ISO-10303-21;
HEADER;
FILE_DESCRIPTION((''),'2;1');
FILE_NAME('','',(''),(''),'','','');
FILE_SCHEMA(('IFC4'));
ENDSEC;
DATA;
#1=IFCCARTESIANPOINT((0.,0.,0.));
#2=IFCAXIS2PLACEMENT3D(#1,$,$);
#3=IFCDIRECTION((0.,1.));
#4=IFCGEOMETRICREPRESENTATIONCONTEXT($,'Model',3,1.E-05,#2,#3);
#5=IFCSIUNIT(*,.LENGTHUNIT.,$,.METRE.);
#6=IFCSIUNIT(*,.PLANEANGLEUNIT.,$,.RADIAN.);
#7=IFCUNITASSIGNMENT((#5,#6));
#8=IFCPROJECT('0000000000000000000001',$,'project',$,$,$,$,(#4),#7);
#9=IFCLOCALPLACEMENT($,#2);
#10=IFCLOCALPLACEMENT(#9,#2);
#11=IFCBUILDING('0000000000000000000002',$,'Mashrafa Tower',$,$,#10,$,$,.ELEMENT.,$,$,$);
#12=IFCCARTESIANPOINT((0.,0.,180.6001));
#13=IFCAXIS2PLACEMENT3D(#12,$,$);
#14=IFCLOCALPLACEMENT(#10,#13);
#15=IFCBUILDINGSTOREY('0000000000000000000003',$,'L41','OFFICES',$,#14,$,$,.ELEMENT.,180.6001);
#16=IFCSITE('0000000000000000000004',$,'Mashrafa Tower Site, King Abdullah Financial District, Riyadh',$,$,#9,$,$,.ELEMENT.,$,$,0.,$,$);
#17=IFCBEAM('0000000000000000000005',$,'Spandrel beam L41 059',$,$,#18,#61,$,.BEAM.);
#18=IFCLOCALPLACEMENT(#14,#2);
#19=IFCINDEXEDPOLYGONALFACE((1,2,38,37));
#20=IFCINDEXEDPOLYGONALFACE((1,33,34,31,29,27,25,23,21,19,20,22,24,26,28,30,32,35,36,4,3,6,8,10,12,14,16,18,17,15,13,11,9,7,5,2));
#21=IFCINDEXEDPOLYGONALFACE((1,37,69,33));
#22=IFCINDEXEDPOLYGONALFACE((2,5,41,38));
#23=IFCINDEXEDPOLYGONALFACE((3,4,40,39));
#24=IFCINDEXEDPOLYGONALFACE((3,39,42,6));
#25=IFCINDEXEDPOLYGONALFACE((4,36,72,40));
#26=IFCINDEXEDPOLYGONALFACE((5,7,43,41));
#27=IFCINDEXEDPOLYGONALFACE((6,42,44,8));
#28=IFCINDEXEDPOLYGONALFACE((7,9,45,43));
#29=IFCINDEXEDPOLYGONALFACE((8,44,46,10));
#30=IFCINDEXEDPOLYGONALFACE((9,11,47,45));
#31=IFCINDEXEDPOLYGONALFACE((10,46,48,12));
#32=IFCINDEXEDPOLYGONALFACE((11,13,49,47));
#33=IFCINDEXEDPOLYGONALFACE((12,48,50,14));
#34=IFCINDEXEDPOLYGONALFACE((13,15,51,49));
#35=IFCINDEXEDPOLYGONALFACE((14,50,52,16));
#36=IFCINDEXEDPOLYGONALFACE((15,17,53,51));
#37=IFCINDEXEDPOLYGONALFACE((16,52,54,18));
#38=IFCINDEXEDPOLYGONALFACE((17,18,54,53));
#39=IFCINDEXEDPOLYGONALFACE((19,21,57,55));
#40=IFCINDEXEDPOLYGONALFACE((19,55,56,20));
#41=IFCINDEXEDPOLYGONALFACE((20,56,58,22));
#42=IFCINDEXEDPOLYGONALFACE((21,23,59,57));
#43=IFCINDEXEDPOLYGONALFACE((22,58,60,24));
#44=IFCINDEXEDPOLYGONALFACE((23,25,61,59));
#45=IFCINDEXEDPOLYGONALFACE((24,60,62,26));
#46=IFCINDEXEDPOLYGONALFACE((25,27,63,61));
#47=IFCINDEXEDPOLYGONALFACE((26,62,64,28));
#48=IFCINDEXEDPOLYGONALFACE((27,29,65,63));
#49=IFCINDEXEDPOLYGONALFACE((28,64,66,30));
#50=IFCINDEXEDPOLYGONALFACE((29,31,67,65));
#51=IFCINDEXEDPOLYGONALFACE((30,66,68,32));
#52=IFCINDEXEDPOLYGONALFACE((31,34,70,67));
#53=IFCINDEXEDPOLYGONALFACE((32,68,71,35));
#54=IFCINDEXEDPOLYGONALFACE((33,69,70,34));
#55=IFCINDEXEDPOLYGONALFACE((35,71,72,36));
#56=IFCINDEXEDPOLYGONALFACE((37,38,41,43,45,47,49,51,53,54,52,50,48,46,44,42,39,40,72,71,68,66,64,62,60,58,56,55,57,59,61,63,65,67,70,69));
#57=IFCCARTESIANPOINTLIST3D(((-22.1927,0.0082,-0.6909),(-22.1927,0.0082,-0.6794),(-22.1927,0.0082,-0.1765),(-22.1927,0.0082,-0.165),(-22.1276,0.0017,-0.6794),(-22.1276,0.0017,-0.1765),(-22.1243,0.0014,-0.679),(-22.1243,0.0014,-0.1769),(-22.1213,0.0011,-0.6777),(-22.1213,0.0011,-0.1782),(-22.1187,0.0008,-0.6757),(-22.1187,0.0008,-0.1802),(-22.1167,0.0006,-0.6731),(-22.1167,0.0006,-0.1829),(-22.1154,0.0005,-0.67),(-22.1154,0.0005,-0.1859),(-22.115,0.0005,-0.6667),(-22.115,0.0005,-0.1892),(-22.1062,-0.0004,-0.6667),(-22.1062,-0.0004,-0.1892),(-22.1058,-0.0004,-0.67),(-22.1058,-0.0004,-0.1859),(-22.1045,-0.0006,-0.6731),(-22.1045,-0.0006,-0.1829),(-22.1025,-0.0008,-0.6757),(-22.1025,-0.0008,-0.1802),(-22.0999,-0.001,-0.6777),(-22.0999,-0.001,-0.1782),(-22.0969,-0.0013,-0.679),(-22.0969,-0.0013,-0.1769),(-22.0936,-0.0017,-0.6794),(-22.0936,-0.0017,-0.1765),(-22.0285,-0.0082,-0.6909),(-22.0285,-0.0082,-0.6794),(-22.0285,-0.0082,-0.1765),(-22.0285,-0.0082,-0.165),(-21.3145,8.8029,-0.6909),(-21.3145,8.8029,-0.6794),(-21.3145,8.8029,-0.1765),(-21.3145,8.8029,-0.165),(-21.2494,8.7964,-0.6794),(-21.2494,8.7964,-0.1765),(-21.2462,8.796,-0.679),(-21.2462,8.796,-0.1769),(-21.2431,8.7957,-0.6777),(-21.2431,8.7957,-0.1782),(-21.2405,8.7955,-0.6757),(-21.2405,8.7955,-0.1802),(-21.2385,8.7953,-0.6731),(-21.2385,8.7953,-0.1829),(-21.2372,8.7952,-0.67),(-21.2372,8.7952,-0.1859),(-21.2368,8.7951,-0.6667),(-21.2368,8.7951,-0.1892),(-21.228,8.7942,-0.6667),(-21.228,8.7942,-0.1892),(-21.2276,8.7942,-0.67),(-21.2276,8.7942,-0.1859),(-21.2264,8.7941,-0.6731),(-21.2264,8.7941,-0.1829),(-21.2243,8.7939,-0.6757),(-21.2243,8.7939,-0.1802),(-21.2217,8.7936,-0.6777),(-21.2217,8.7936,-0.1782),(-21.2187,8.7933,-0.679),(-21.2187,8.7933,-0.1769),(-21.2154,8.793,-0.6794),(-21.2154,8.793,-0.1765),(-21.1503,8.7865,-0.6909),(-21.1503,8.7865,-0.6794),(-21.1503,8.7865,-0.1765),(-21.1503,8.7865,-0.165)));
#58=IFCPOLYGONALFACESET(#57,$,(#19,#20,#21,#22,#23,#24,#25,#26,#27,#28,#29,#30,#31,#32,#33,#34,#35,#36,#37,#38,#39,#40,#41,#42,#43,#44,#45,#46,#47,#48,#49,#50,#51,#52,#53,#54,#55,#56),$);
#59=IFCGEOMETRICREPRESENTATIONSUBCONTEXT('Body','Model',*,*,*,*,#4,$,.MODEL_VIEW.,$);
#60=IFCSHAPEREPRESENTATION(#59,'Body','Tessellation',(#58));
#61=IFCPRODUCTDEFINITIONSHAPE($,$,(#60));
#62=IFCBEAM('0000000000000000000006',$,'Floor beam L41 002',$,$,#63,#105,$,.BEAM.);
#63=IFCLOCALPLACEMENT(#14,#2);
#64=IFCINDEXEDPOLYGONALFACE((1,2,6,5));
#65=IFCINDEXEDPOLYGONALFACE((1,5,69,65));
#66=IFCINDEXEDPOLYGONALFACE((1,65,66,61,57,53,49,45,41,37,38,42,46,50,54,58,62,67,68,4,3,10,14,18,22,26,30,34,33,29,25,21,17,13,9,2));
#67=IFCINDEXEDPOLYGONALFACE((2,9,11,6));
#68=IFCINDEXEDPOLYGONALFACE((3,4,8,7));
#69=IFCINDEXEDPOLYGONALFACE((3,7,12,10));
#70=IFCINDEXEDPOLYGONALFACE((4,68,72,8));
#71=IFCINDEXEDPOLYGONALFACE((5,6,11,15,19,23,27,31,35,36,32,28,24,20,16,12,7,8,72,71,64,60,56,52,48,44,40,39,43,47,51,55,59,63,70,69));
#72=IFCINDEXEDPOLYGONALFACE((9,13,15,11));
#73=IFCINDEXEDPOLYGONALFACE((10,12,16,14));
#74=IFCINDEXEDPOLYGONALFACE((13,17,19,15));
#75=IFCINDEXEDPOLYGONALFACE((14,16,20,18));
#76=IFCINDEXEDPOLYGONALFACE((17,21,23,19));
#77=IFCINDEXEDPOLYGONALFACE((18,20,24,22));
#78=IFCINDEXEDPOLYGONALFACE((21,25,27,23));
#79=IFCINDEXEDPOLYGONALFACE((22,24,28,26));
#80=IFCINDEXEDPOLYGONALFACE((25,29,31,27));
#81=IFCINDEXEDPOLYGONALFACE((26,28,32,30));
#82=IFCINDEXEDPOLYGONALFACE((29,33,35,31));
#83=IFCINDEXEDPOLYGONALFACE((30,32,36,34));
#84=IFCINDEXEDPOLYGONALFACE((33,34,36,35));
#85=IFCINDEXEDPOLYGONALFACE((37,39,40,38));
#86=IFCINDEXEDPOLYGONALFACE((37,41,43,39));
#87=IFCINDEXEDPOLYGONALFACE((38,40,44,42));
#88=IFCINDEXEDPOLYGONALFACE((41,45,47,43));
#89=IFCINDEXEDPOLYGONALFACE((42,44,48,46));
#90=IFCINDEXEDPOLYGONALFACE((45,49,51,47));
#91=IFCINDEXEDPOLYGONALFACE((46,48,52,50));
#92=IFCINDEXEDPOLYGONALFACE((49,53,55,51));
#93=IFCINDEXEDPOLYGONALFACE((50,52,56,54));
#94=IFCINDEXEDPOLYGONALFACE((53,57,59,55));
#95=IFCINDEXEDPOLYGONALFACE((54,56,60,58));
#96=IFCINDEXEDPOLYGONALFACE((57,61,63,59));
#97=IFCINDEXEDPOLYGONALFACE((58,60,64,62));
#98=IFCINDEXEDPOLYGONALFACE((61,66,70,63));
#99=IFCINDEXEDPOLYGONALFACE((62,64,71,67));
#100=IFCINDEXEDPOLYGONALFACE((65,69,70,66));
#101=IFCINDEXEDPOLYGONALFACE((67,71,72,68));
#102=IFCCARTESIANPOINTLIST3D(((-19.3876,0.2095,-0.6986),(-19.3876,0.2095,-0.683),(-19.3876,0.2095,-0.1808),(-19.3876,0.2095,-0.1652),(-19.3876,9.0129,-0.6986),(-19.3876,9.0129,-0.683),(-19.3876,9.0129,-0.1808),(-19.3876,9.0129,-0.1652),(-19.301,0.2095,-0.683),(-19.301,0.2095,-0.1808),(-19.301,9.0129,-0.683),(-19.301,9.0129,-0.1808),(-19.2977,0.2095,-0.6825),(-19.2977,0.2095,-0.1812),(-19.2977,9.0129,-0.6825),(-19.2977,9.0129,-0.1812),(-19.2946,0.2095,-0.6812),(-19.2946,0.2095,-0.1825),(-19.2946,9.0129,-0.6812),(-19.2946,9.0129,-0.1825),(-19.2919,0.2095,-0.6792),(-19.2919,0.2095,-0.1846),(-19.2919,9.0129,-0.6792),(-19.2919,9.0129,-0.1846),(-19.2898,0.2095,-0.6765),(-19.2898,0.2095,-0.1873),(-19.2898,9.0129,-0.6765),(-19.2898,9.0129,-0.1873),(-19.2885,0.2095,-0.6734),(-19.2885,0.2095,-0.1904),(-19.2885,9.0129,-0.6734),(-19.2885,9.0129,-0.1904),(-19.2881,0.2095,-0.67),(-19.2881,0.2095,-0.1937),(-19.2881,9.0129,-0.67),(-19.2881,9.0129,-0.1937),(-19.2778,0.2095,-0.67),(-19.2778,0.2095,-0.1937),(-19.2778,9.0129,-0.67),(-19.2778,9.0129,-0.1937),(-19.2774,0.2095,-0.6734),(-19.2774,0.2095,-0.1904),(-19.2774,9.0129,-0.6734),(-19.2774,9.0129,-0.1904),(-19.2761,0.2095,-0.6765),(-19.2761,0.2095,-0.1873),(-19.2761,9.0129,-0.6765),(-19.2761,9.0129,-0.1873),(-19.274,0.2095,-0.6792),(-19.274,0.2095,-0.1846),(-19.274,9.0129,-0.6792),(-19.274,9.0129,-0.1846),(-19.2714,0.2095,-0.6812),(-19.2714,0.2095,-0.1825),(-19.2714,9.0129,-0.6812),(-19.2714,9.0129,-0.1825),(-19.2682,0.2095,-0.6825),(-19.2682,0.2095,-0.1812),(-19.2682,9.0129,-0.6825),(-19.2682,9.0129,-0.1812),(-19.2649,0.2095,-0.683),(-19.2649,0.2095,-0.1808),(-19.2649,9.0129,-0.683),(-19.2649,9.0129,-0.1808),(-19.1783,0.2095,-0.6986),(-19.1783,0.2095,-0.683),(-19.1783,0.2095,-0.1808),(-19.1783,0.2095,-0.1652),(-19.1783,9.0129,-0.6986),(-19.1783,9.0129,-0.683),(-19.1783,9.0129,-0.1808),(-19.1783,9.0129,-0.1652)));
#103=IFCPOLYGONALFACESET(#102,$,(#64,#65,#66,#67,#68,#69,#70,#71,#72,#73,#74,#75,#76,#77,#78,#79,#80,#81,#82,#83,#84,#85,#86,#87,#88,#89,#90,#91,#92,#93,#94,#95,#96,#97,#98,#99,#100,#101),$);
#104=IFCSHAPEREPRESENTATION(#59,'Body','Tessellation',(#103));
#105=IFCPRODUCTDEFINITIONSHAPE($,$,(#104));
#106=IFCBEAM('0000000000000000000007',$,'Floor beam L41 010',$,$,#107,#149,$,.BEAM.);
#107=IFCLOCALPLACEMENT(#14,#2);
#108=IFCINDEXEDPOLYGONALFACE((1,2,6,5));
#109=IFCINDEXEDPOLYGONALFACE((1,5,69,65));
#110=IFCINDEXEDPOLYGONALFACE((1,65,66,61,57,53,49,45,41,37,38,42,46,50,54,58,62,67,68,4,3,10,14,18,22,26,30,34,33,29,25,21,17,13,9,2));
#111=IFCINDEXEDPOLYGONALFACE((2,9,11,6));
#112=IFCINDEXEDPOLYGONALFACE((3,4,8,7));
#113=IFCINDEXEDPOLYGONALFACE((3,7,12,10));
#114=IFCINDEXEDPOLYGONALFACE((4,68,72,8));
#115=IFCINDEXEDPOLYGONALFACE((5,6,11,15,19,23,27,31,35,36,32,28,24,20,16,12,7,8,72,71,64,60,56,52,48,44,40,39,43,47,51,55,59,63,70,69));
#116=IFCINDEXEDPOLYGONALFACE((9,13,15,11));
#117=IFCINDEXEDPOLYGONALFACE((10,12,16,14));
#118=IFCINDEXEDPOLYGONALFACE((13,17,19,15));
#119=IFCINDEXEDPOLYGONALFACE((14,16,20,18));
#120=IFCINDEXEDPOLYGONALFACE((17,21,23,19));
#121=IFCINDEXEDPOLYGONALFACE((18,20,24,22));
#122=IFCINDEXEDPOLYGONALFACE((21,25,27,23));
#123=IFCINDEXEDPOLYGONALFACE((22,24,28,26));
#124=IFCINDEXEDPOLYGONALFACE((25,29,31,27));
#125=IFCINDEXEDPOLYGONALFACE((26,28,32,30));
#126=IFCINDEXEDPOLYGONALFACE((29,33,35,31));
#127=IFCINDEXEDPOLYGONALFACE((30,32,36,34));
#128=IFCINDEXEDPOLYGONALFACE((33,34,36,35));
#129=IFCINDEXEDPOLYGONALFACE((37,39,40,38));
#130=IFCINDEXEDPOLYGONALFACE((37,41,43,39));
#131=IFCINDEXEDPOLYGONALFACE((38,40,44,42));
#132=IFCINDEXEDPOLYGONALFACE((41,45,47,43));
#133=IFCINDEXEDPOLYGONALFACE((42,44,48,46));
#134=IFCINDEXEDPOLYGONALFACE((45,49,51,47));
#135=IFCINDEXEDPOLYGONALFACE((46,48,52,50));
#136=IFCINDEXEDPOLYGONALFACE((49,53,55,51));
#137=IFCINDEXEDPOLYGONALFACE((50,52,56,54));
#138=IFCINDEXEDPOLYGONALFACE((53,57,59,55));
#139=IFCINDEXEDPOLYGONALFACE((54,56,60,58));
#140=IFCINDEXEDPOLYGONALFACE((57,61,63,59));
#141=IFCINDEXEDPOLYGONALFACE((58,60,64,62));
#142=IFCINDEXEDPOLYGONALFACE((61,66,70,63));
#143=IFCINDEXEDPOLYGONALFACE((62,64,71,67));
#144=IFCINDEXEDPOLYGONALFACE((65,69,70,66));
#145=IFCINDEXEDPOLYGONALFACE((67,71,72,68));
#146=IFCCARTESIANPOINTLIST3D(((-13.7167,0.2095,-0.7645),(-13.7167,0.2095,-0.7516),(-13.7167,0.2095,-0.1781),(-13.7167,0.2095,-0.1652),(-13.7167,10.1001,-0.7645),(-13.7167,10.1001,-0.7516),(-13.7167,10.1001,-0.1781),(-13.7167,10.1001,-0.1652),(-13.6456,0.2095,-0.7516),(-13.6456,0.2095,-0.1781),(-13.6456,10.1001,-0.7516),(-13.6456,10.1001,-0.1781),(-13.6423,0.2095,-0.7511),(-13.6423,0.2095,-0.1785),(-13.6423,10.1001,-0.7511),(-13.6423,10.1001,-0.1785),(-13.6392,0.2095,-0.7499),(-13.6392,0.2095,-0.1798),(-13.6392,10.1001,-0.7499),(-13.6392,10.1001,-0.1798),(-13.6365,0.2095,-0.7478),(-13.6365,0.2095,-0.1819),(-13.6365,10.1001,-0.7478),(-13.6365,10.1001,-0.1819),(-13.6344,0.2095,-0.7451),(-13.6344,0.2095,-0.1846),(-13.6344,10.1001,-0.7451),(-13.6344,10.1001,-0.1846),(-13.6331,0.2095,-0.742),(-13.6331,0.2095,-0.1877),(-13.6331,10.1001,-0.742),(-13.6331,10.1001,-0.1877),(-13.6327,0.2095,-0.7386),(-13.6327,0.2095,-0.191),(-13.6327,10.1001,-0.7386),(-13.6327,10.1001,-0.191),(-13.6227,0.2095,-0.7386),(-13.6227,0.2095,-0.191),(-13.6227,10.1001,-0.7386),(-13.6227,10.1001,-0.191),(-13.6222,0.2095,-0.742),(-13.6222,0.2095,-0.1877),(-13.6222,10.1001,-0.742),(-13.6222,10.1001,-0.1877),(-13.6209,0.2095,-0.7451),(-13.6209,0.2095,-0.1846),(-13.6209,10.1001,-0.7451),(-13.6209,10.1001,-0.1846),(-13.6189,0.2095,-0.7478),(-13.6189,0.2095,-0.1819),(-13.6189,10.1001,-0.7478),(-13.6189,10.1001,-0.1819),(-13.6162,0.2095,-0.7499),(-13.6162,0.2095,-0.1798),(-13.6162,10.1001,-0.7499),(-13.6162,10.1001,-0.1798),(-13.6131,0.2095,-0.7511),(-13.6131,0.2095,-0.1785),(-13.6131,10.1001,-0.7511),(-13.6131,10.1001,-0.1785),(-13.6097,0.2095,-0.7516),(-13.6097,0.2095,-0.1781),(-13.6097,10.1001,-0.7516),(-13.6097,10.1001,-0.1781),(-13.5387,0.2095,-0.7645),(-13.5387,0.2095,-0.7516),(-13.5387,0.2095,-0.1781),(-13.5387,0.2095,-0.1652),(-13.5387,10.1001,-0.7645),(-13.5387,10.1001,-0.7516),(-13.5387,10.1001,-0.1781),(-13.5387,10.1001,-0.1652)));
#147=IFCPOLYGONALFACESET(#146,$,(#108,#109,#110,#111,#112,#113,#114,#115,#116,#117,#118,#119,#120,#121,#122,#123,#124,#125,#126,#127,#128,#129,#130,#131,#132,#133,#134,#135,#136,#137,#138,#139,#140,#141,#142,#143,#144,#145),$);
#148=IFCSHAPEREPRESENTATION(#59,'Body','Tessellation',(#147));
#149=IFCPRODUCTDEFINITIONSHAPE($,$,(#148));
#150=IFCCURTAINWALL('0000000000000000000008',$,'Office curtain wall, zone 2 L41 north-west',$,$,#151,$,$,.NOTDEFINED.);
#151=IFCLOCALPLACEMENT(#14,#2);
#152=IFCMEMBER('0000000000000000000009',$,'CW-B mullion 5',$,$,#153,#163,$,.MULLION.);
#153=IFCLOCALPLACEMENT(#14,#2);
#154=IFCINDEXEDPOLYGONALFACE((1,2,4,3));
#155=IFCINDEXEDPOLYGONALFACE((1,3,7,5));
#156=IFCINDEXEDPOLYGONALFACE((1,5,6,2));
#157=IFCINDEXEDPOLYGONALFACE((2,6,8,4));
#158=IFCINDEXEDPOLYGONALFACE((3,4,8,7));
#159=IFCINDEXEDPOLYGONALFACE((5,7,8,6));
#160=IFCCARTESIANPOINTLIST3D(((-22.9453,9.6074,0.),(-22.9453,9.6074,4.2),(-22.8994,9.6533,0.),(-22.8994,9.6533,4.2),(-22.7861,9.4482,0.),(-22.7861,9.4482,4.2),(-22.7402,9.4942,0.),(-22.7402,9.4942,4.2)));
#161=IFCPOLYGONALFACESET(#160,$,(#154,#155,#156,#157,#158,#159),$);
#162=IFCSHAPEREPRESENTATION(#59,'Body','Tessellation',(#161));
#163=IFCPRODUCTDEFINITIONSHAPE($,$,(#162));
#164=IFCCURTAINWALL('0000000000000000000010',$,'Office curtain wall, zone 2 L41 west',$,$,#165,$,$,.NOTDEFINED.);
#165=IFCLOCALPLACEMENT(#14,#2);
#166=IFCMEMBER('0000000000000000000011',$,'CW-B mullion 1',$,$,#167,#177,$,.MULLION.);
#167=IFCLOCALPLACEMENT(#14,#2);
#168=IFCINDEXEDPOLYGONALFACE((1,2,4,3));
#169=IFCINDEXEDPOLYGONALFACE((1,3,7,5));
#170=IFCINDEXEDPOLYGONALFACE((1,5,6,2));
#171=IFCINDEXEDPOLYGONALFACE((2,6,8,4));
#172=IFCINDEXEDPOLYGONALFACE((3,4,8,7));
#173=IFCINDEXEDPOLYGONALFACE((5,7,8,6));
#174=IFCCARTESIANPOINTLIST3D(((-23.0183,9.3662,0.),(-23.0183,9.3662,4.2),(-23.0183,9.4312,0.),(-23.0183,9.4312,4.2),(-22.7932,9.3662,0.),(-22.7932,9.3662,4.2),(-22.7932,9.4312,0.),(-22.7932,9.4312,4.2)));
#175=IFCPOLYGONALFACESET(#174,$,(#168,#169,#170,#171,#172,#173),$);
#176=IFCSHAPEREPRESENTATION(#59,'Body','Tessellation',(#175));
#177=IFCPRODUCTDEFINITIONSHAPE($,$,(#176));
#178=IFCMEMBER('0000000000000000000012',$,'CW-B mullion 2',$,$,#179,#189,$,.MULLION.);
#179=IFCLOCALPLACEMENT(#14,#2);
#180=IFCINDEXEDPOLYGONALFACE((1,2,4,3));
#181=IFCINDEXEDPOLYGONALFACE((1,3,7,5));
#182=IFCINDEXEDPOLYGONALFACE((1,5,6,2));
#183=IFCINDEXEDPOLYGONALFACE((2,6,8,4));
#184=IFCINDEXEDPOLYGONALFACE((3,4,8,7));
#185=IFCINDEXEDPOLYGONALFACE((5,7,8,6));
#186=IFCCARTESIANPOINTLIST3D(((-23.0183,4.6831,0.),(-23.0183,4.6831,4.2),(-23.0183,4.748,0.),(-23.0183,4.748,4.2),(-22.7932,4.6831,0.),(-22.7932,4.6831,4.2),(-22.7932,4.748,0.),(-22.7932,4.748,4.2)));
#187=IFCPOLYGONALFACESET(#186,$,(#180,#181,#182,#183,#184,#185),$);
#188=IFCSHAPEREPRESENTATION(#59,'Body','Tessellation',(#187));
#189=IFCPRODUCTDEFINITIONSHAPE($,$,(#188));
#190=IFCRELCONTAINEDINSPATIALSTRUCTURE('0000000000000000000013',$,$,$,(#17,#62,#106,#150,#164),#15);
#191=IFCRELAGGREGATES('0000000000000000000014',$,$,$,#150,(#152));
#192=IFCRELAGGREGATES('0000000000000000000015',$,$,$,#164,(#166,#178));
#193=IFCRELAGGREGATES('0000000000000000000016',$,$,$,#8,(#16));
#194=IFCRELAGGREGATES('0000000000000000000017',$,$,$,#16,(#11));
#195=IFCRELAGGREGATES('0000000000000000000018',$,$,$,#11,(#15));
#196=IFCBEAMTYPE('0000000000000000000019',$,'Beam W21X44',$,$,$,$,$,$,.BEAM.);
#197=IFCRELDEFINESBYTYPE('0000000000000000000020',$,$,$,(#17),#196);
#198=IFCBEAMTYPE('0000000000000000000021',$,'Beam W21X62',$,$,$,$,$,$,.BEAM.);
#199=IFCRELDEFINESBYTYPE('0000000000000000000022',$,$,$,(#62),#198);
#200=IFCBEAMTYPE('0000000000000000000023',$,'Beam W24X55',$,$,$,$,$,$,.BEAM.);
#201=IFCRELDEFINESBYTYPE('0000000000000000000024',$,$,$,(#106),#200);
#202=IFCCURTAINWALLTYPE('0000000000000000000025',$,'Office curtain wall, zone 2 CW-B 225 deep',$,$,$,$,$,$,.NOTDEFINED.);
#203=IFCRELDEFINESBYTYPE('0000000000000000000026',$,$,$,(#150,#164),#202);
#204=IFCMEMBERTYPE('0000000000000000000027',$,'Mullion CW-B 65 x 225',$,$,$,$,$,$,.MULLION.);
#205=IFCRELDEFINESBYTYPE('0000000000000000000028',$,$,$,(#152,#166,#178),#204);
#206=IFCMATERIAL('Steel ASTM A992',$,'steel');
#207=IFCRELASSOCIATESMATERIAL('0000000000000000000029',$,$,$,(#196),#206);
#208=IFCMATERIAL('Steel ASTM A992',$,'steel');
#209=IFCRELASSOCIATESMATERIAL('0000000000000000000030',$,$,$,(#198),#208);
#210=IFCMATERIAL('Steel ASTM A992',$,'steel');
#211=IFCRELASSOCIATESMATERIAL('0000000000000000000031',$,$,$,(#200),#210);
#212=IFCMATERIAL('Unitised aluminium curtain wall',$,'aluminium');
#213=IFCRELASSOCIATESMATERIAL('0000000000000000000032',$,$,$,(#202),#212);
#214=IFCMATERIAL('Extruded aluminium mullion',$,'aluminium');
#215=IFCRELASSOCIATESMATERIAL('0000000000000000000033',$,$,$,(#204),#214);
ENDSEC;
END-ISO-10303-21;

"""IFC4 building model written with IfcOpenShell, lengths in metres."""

from ifc_helpers import new_model, si_unit, direction, frame, origin, origin_2d, place, context, subcontext, project, spatial, rectangle, i_section, extrude, source, transform, mapped, material, material_profile, profile_set, type_object, type_shapes, element, aggregate, save


model = new_model("IFC4")

# Units and contexts
model_context = context("Model", 3, precision=1e-05, world=origin(), true_north=direction((0.0, 1.0)))
body_context = subcontext(model_context, "Body", "Model", "MODEL_VIEW")
ifc_project = project(units=[si_unit("LENGTHUNIT", "METRE"), si_unit("PLANEANGLEUNIT", "RADIAN")], contexts=[model_context])

# Site, building, storey
site_placement = place(None, origin())
site = spatial("IfcSite", under=ifc_project, at=site_placement, Name="Mashrafa Tower Site, King Abdullah Financial District, Riyadh", CompositionType="ELEMENT", RefElevation=0.0)
building_placement = place(site_placement, origin())
building = spatial("IfcBuilding", under=site, at=building_placement, Name="Mashrafa Tower", CompositionType="ELEMENT")
storey_placement = place(building_placement, frame((0.0, 0.0, 180.6001)))
storey = spatial("IfcBuildingStorey", under=building, at=storey_placement, Name="L41", Description="OFFICES", CompositionType="ELEMENT", Elevation=180.6001)

# Beams
ifc_material_1 = material(Name="Steel ASTM A992", Category="steel")
ifc_material_profile_1 = material_profile(ifc_material_1, i_section(OverallWidth=0.165, OverallDepth=0.5259, WebThickness=0.0088, FlangeThickness=0.0115, FilletRadius=0.0127, at=origin_2d()), Name="W21X44")
ifc_profile_set_1 = profile_set([ifc_material_profile_1], Name="Steel ASTM A992")
beam_type_1 = type_object("IfcBeamType", Name="Beam W21X44", PredefinedType="BEAM", material=ifc_profile_set_1)
beam_1_placement = place(storey_placement, frame((-21.2324, 8.7947, -0.428), z_axis=(-0.099359, -0.995052, 0.0), x_axis=(0.995052, -0.099359, 0.0)))
element("IfcBeam", 1, at=beam_1_placement, inside=storey, type_object=beam_type_1, Name="Spandrel beam L41 059", PredefinedType="BEAM", context=body_context, shape_type="SweptSolid", body=[
    extrude(i_section(OverallWidth=0.165, OverallDepth=0.5259, WebThickness=0.0088, FlangeThickness=0.0115, FilletRadius=0.0127, at=origin_2d()), origin(), (0.0, 0.0, 1.0), 8.8384),
])
ifc_material_2 = material(Name="Steel ASTM A992", Category="steel")
ifc_material_profile_2 = material_profile(ifc_material_2, i_section(OverallWidth=0.2092, OverallDepth=0.5334, WebThickness=0.0103, FlangeThickness=0.0156, FilletRadius=0.0129, at=origin_2d()), Name="W21X62")
ifc_profile_set_2 = profile_set([ifc_material_profile_2], Name="Steel ASTM A992")
beam_type_2 = type_object("IfcBeamType", Name="Beam W21X62", PredefinedType="BEAM", material=ifc_profile_set_2)
beam_2_placement = place(storey_placement, frame((-19.283, 0.2095, -0.4319), z_axis=(0.0, 1.0, 0.0), x_axis=(-1.0, 0.0, 0.0)))
element("IfcBeam", 2, at=beam_2_placement, inside=storey, type_object=beam_type_2, Name="Floor beam L41 002", PredefinedType="BEAM", context=body_context, shape_type="SweptSolid", body=[
    extrude(i_section(OverallWidth=0.2092, OverallDepth=0.5334, WebThickness=0.0103, FlangeThickness=0.0156, FilletRadius=0.0129, at=origin_2d()), origin(), (0.0, 0.0, 1.0), 8.8035),
])
ifc_material_3 = material(Name="Steel ASTM A992", Category="steel")
ifc_material_profile_3 = material_profile(ifc_material_3, i_section(OverallWidth=0.178, OverallDepth=0.5994, WebThickness=0.01, FlangeThickness=0.0129, FilletRadius=0.0129, at=origin_2d()), Name="W24X55")
ifc_profile_set_3 = profile_set([ifc_material_profile_3], Name="Steel ASTM A992")
beam_type_3 = type_object("IfcBeamType", Name="Beam W24X55", PredefinedType="BEAM", material=ifc_profile_set_3)
beam_3_placement = place(storey_placement, frame((-13.6277, 0.2095, -0.4648), z_axis=(0.0, 1.0, 0.0), x_axis=(-1.0, 0.0, 0.0)))
element("IfcBeam", 3, at=beam_3_placement, inside=storey, type_object=beam_type_3, Name="Floor beam L41 010", PredefinedType="BEAM", context=body_context, shape_type="SweptSolid", body=[
    extrude(i_section(OverallWidth=0.178, OverallDepth=0.5994, WebThickness=0.01, FlangeThickness=0.0129, FilletRadius=0.0129, at=origin_2d()), origin(), (0.0, 0.0, 1.0), 9.8906),
])

# Curtain wall, member
ifc_material_4 = material(Name="Unitised aluminium curtain wall", Category="aluminium")
curtain_wall_type = type_object("IfcCurtainWallType", Name="Office curtain wall, zone 2 CW-B 225 deep", PredefinedType="NOTDEFINED", material=ifc_material_4)
curtain_wall_1_placement = place(storey_placement, origin())
curtain_wall_1 = element("IfcCurtainWall", 4, at=curtain_wall_1_placement, inside=storey, type_object=curtain_wall_type, Name="Office curtain wall, zone 2 L41 north-west", PredefinedType="NOTDEFINED")
ifc_material_5 = material(Name="Extruded aluminium mullion", Category="aluminium")
ifc_material_profile_4 = material_profile(ifc_material_5, rectangle(XDim=0.2251, YDim=0.0649, at=origin_2d()), Name="Mullion 65x225")
ifc_profile_set_4 = profile_set([ifc_material_profile_4], Name="Extruded aluminium mullion")
member_type_1 = type_object("IfcMemberType", Name="Mullion CW-B 65 x 225", PredefinedType="MULLION", material=ifc_profile_set_4)
shared_shape_1 = source(origin(), body_context, "Body", "SweptSolid", [
    extrude(rectangle(XDim=0.2251, YDim=0.0649, at=origin_2d()), origin(), (0.0, 0.0, 1.0), 4.2),
])
type_shapes(member_type_1, [shared_shape_1])
member_1_placement = place(storey_placement, frame((-22.8428, 9.5508, 0.0), z_axis=(0.0, 0.0, 1.0), x_axis=(0.707107, -0.707107, 0.0)))
member_1 = element("IfcMember", 5, at=member_1_placement, type_object=member_type_1, Name="CW-B mullion 5", PredefinedType="MULLION", context=body_context, shape_type="MappedRepresentation", body=[
    mapped(shared_shape_1, transform((0.0, 0.0, 0.0))),
])
aggregate(curtain_wall_1, [member_1])

# Curtain wall, members
curtain_wall_2_placement = place(storey_placement, origin())
curtain_wall_2 = element("IfcCurtainWall", 6, at=curtain_wall_2_placement, inside=storey, type_object=curtain_wall_type, Name="Office curtain wall, zone 2 L41 west", PredefinedType="NOTDEFINED")
member_2_placement = place(storey_placement, frame((-22.9058, 9.3987, 0.0), z_axis=(0.0, 0.0, 1.0), x_axis=(1.0, 0.0, 0.0)))
member_2 = element("IfcMember", 7, at=member_2_placement, type_object=member_type_1, Name="CW-B mullion 1", PredefinedType="MULLION", context=body_context, shape_type="MappedRepresentation", body=[
    mapped(shared_shape_1, transform((0.0, 0.0, 0.0))),
])
member_3_placement = place(storey_placement, frame((-22.9058, 4.7156, 0.0), z_axis=(0.0, 0.0, 1.0), x_axis=(1.0, 0.0, 0.0)))
member_3 = element("IfcMember", 8, at=member_3_placement, type_object=member_type_1, Name="CW-B mullion 2", PredefinedType="MULLION", context=body_context, shape_type="MappedRepresentation", body=[
    mapped(shared_shape_1, transform((0.0, 0.0, 0.0))),
])
aggregate(curtain_wall_2, [member_2, member_3])

save(model, "model.ifc")
